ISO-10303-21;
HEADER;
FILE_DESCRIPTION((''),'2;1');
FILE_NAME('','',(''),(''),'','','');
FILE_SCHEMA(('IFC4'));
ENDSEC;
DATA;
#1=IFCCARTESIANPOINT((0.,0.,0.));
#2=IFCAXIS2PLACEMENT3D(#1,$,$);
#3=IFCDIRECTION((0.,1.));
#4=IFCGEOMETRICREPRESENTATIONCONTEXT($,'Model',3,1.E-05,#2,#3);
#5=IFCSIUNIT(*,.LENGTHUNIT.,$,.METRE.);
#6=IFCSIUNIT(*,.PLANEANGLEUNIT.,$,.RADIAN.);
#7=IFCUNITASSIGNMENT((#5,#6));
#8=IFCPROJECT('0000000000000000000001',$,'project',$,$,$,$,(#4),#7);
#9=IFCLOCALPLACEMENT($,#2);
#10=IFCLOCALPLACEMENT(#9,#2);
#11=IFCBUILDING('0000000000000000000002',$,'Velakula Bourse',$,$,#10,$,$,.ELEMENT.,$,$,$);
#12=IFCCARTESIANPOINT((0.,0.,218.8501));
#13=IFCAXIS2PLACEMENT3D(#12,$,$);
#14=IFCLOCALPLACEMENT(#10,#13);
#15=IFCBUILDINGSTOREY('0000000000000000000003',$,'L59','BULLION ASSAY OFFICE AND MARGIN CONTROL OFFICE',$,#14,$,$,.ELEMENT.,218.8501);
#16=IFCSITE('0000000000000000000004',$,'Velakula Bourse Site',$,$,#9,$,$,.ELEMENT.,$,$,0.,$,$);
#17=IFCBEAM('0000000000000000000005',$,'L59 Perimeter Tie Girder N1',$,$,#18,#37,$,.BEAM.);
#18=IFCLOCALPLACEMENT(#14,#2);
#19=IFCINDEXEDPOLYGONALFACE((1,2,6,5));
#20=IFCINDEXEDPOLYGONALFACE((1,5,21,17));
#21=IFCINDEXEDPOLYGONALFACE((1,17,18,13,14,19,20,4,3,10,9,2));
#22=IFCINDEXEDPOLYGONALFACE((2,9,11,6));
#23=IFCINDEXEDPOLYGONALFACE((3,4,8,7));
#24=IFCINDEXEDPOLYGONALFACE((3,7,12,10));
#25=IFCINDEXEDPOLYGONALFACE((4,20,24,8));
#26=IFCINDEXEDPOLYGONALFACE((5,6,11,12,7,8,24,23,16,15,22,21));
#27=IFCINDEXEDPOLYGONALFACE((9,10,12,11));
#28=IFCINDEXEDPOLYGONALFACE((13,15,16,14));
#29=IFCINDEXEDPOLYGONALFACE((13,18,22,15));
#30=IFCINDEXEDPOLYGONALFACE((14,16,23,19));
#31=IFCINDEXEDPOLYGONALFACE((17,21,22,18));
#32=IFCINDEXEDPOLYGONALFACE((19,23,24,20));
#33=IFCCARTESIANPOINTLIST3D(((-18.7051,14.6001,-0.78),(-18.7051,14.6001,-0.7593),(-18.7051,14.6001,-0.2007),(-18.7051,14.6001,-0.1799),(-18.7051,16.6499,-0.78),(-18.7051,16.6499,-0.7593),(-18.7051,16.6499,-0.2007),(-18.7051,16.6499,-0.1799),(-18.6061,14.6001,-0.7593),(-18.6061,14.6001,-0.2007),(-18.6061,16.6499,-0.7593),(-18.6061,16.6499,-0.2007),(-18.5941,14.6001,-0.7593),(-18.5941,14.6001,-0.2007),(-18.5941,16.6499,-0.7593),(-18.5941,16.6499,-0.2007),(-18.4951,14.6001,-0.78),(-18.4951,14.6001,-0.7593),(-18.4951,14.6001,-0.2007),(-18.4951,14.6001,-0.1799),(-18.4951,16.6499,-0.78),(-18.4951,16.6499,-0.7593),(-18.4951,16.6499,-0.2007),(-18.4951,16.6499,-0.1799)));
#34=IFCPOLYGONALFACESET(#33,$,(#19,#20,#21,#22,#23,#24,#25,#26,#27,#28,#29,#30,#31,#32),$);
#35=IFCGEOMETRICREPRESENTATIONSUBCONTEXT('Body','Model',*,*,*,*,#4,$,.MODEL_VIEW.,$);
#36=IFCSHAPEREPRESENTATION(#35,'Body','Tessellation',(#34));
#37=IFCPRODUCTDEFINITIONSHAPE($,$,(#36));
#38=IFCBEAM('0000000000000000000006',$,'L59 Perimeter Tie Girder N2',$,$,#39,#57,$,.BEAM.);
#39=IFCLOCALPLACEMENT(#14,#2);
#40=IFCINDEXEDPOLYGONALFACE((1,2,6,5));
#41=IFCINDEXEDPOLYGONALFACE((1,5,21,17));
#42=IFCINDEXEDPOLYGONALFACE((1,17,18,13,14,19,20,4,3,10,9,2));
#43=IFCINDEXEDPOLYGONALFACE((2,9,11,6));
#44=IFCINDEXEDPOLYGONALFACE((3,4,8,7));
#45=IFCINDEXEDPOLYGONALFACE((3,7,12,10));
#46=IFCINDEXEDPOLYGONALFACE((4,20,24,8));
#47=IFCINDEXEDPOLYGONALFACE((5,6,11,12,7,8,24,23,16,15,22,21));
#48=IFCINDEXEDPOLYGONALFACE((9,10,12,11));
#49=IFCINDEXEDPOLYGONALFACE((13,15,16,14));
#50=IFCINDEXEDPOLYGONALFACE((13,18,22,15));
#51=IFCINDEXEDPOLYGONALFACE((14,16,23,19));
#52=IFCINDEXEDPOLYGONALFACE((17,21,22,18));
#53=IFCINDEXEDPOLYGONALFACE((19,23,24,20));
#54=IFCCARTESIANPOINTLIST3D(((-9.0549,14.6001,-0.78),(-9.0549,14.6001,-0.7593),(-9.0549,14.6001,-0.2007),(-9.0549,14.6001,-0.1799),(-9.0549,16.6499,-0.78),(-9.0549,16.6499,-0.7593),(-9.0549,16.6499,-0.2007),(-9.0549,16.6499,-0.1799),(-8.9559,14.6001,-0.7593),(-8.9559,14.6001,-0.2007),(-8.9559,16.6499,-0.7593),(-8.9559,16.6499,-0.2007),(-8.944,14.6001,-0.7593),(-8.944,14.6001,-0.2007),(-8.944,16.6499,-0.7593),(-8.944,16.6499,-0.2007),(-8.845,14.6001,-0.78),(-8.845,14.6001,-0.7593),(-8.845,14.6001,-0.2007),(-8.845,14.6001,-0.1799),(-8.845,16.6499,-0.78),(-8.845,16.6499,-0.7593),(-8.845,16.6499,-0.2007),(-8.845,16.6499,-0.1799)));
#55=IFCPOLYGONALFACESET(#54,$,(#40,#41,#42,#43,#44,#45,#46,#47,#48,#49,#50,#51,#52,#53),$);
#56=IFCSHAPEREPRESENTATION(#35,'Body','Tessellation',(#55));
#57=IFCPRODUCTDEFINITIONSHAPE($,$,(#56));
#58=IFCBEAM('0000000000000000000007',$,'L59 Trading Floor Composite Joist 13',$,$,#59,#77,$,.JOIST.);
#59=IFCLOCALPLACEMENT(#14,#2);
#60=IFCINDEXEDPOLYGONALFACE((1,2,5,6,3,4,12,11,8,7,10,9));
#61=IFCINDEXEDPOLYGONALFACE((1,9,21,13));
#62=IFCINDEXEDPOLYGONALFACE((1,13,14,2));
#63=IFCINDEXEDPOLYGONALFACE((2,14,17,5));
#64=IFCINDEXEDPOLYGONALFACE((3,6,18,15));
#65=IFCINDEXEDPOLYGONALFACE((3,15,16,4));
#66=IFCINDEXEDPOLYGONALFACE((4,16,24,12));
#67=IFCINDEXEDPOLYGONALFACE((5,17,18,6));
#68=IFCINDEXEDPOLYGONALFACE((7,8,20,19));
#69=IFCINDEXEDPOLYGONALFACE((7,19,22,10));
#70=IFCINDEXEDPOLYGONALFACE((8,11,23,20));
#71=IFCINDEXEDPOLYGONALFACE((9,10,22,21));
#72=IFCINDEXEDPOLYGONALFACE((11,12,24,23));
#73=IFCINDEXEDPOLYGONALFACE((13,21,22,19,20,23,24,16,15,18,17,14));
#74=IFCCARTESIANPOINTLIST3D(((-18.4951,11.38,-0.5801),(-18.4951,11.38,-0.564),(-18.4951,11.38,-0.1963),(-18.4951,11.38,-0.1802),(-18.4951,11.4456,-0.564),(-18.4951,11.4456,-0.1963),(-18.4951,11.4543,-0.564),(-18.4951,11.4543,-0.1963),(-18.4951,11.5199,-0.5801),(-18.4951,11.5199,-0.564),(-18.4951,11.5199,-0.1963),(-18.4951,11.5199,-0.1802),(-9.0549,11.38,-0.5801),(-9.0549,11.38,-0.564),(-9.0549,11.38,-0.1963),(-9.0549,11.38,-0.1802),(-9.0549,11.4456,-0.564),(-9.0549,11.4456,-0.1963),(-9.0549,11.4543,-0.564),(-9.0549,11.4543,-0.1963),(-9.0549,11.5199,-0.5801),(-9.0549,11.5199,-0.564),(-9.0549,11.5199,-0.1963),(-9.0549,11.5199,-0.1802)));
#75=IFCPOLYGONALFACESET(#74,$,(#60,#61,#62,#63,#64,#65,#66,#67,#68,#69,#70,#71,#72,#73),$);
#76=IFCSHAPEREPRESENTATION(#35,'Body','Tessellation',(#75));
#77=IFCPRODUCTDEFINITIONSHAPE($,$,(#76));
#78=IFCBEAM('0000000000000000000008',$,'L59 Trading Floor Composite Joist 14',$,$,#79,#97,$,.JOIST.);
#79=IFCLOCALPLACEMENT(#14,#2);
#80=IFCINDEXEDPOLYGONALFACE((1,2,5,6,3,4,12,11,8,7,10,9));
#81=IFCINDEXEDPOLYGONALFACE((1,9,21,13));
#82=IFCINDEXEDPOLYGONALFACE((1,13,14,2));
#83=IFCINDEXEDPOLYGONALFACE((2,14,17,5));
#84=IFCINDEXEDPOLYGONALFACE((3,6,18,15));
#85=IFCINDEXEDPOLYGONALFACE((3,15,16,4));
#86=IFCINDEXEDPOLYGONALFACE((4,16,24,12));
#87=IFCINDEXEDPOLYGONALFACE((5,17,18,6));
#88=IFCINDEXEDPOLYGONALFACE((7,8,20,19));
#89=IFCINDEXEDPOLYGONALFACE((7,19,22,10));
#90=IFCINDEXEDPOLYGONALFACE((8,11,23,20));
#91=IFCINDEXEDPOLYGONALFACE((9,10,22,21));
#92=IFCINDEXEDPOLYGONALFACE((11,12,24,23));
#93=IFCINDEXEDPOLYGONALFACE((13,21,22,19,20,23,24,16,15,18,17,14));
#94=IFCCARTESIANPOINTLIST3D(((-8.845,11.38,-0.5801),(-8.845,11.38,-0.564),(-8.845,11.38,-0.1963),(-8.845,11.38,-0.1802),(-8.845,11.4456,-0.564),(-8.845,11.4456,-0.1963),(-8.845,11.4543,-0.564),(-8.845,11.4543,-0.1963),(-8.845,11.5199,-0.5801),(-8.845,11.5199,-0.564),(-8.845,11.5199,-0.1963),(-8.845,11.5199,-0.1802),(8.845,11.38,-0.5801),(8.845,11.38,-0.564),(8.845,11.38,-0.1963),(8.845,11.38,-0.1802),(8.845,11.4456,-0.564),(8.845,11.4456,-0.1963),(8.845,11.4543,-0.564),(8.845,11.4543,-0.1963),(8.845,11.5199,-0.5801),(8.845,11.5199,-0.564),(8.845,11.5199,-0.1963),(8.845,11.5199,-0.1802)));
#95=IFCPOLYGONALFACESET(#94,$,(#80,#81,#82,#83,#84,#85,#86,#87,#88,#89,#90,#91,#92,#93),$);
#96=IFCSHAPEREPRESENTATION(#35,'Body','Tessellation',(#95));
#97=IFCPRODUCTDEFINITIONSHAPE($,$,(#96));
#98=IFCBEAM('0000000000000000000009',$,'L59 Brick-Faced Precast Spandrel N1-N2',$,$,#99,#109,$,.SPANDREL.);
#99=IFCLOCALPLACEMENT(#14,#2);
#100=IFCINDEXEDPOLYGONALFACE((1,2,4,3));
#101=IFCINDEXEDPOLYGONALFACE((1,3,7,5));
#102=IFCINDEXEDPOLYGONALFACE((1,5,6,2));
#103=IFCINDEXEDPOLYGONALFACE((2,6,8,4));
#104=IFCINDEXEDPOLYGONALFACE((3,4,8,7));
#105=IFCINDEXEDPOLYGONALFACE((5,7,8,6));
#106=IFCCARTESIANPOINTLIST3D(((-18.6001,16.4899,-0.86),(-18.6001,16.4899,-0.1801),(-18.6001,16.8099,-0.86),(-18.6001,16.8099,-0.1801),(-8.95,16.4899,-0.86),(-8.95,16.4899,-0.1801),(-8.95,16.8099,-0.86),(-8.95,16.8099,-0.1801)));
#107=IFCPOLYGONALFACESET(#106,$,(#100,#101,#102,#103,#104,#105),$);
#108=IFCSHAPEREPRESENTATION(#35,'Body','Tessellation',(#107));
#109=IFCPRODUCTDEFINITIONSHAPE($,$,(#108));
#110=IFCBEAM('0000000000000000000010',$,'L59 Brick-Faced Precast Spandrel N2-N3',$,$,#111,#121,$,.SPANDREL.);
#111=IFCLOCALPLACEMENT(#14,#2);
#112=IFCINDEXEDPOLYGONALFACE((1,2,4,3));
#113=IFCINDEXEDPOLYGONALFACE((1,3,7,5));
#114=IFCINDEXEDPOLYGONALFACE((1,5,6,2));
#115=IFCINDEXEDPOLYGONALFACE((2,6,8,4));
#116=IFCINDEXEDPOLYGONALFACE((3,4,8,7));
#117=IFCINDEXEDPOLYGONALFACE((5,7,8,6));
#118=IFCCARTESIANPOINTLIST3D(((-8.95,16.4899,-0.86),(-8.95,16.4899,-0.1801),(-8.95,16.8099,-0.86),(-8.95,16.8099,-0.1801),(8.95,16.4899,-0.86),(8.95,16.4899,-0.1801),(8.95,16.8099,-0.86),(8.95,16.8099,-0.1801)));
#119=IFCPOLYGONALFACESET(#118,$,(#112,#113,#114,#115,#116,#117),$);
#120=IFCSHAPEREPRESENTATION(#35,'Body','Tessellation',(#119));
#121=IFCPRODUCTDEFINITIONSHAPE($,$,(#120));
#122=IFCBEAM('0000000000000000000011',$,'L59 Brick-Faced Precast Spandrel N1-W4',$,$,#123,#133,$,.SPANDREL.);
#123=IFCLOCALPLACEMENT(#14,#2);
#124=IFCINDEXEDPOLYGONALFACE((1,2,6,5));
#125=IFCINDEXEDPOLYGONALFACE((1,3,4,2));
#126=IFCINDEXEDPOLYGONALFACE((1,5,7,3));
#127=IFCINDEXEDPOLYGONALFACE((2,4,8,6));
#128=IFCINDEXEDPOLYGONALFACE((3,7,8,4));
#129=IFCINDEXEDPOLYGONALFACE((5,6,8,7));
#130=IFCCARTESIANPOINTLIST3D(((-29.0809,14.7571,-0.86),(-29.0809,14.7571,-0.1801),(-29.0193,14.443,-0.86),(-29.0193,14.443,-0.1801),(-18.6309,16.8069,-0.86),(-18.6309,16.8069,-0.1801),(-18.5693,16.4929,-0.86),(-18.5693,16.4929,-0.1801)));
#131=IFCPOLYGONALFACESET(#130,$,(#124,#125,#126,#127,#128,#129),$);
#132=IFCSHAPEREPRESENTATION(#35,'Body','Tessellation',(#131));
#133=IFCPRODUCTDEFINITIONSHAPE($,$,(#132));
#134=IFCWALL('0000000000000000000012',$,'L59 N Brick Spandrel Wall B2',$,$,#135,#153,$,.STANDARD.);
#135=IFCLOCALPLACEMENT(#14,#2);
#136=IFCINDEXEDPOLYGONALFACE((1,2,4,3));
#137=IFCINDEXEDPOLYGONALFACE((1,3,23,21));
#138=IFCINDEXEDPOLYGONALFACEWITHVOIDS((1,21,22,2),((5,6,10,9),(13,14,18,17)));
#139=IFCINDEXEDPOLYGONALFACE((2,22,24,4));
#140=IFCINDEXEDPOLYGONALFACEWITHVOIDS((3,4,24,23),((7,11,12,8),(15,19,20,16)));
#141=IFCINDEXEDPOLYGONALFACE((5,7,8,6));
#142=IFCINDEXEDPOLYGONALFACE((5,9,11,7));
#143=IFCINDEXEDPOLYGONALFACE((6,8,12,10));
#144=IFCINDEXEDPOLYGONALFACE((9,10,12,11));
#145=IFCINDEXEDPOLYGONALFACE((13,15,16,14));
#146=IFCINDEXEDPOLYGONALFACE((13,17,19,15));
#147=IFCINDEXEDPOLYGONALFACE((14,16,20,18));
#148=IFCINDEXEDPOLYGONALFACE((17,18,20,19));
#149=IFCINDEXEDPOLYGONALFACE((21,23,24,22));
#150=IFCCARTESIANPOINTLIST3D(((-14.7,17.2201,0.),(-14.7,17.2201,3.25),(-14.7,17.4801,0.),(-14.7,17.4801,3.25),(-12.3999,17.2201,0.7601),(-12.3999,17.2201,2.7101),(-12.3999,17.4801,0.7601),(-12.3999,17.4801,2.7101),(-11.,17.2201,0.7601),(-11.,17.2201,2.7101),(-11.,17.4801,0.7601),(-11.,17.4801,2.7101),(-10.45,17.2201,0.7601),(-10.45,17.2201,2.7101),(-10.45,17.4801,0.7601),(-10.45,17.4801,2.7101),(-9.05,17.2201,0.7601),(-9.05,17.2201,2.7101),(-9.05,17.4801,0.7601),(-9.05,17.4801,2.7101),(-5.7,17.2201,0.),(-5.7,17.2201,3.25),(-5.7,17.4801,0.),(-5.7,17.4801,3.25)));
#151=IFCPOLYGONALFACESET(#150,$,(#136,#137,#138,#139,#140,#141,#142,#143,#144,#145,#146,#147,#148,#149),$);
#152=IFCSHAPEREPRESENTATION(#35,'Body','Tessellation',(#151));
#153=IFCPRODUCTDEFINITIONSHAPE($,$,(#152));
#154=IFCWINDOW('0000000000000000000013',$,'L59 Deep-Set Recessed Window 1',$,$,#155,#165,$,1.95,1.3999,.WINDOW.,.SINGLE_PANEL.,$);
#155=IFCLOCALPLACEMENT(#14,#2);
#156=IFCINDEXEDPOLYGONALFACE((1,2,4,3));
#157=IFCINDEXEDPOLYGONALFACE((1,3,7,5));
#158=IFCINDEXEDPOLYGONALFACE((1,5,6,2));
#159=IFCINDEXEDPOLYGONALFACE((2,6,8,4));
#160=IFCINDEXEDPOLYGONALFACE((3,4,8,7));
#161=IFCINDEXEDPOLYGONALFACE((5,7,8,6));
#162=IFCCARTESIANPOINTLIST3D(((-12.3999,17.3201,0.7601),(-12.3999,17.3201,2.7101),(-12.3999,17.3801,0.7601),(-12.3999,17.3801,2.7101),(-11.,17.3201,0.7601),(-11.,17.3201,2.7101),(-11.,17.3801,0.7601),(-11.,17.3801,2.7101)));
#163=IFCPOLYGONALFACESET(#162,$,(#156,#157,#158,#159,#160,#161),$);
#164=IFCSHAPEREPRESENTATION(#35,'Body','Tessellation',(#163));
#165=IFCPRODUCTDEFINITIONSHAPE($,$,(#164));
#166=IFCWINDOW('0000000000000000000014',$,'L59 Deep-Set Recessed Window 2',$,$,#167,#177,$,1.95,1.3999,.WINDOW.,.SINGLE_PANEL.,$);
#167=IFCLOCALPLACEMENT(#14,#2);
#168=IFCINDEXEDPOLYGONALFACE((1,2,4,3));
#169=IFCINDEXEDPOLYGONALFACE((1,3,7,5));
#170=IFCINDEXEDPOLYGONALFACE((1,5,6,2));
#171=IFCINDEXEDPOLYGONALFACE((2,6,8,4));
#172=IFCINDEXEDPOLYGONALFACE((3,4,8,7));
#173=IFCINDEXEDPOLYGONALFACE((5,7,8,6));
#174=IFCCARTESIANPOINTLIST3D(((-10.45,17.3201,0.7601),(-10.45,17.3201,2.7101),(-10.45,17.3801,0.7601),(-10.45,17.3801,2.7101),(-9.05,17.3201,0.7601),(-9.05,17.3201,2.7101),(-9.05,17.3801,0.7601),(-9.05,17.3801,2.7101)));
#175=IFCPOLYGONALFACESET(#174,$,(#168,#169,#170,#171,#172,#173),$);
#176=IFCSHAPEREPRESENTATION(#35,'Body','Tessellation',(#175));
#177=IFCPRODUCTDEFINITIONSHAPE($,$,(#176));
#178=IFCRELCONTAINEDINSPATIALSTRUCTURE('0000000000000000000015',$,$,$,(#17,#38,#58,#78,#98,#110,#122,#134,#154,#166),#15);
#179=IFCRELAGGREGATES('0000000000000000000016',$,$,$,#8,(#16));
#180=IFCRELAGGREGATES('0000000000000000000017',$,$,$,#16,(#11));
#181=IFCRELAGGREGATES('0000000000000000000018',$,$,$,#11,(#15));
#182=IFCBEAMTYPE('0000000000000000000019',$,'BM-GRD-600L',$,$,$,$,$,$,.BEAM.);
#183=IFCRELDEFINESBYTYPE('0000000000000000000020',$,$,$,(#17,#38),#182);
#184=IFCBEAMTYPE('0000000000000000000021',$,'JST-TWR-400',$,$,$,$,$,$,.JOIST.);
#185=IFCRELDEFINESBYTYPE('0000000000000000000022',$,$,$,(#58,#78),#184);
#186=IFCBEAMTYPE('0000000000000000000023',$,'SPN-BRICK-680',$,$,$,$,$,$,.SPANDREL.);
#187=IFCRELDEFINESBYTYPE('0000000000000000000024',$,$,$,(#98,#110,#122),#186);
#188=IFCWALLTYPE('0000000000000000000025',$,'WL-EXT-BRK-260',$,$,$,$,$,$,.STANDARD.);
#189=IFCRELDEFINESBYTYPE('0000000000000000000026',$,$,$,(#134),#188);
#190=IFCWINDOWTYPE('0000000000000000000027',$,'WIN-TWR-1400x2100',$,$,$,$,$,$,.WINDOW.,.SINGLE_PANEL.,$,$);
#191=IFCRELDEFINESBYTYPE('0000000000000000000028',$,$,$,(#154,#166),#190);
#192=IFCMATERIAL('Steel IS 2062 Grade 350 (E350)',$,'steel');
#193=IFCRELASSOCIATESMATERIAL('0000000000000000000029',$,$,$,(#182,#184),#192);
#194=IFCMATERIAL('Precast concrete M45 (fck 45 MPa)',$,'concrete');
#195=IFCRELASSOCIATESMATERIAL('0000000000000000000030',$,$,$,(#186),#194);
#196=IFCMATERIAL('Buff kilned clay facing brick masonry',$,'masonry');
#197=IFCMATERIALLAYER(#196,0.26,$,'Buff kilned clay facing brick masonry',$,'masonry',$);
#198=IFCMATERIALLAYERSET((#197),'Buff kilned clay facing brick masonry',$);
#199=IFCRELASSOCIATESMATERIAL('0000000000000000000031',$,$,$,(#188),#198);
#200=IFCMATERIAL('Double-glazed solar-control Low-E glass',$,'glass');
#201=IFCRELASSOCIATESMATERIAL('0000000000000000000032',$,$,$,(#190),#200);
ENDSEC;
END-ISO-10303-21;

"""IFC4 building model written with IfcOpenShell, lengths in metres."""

from ifc_helpers import new_model, si_unit, direction, frame, frame_2d, origin, origin_2d, place, context, subcontext, project, spatial, rectangle, i_section, extrude, material, layer, layer_set, material_profile, profile_set, type_object, element, fill, save


model = new_model("IFC4")

# Units and contexts
model_context = context("Model", 3, precision=1e-05, world=origin(), true_north=direction((0.0, 1.0)))
body_context = subcontext(model_context, "Body", "Model", "MODEL_VIEW")
ifc_project = project(units=[si_unit("LENGTHUNIT", "METRE"), si_unit("PLANEANGLEUNIT", "RADIAN")], contexts=[model_context])

# Site, building, storey
site_placement = place(None, origin())
site = spatial("IfcSite", under=ifc_project, at=site_placement, Name="Velakula Bourse Site", CompositionType="ELEMENT", RefElevation=0.0)
building_placement = place(site_placement, origin())
building = spatial("IfcBuilding", under=site, at=building_placement, Name="Velakula Bourse", CompositionType="ELEMENT")
storey_placement = place(building_placement, frame((0.0, 0.0, 218.8501)))
storey = spatial("IfcBuildingStorey", under=building, at=storey_placement, Name="L59", Description="BULLION ASSAY OFFICE AND MARGIN CONTROL OFFICE", CompositionType="ELEMENT", Elevation=218.8501)

# Shared definitions
ifc_material_1 = material(Name="Steel IS 2062 Grade 350 (E350)", Category="steel")

# Beams
ifc_material_profile_1 = material_profile(ifc_material_1, i_section(OverallWidth=0.21, OverallDepth=0.6001, WebThickness=0.012, FlangeThickness=0.0208, at=origin_2d()), Name="Steel IS 2062 Grade 350 (E350)")
ifc_profile_set_1 = profile_set([ifc_material_profile_1], Name="Steel IS 2062 Grade 350 (E350)")
beam_type_1 = type_object("IfcBeamType", Name="BM-GRD-600L", PredefinedType="BEAM", material=ifc_profile_set_1)
for number, where, z_axis, x_axis, name in (
    (1, (-18.6001, 14.6001, -0.48), (0.0, 1.0, 0.0), (-1.0, 0.0, 0.0), "L59 Perimeter Tie Girder N1"),
    (2, (-8.95, 14.6001, -0.48), (0.0, 1.0, 0.0), (-1.0, 0.0, 0.0), "L59 Perimeter Tie Girder N2"),
):
    element("IfcBeam", number, at=place(storey_placement, frame(where, z_axis=z_axis, x_axis=x_axis)), inside=storey, type_object=beam_type_1, Name=name, PredefinedType="BEAM", context=body_context, shape_type="SweptSolid", body=[
        extrude(i_section(OverallWidth=0.21, OverallDepth=0.6001, WebThickness=0.012, FlangeThickness=0.0208, at=origin_2d()), origin(), (0.0, 0.0, 1.0), 2.0498),
    ])
ifc_material_profile_2 = material_profile(ifc_material_1, i_section(OverallWidth=0.1399, OverallDepth=0.3999, WebThickness=0.0088, FlangeThickness=0.0161, at=origin_2d()), Name="Steel IS 2062 Grade 350 (E350)")
ifc_profile_set_2 = profile_set([ifc_material_profile_2], Name="Steel IS 2062 Grade 350 (E350)")
beam_type_2 = type_object("IfcBeamType", Name="JST-TWR-400", PredefinedType="JOIST", material=ifc_profile_set_2)
beam_1_placement = place(storey_placement, frame((-18.4951, 11.45, -0.3801), z_axis=(1.0, 0.0, 0.0), x_axis=(0.0, 1.0, 0.0)))
element("IfcBeam", 3, at=beam_1_placement, inside=storey, type_object=beam_type_2, Name="L59 Trading Floor Composite Joist 13", PredefinedType="JOIST", context=body_context, shape_type="SweptSolid", body=[
    extrude(i_section(OverallWidth=0.1399, OverallDepth=0.3999, WebThickness=0.0088, FlangeThickness=0.0161, at=origin_2d()), origin(), (0.0, 0.0, 1.0), 9.4402),
])
beam_2_placement = place(storey_placement, frame((-8.845, 11.45, -0.3801), z_axis=(1.0, 0.0, 0.0), x_axis=(0.0, 1.0, 0.0)))
element("IfcBeam", 4, at=beam_2_placement, inside=storey, type_object=beam_type_2, Name="L59 Trading Floor Composite Joist 14", PredefinedType="JOIST", context=body_context, shape_type="SweptSolid", body=[
    extrude(i_section(OverallWidth=0.1399, OverallDepth=0.3999, WebThickness=0.0088, FlangeThickness=0.0161, at=origin_2d()), origin(), (0.0, 0.0, 1.0), 17.6899),
])
ifc_material_2 = material(Name="Precast concrete M45 (fck 45 MPa)", Category="concrete")
ifc_material_profile_3 = material_profile(ifc_material_2, rectangle(XDim=0.3201, YDim=0.6799, at=origin_2d()), Name="Precast concrete M45 (fck 45 MPa)")
ifc_profile_set_3 = profile_set([ifc_material_profile_3], Name="Precast concrete M45 (fck 45 MPa)")
beam_type_3 = type_object("IfcBeamType", Name="SPN-BRICK-680", PredefinedType="SPANDREL", material=ifc_profile_set_3)
beam_3_placement = place(storey_placement, frame((-18.6001, 16.6499, -0.52), z_axis=(1.0, 0.0, 0.0), x_axis=(0.0, 1.0, 0.0)))
element("IfcBeam", 5, at=beam_3_placement, inside=storey, type_object=beam_type_3, Name="L59 Brick-Faced Precast Spandrel N1-N2", PredefinedType="SPANDREL", context=body_context, shape_type="SweptSolid", body=[
    extrude(rectangle(XDim=0.3201, YDim=0.6799, at=origin_2d()), origin(), (0.0, 0.0, 1.0), 9.6501),
])
beam_4_placement = place(storey_placement, frame((-8.95, 16.6499, -0.52), z_axis=(1.0, 0.0, 0.0), x_axis=(0.0, 1.0, 0.0)))
element("IfcBeam", 6, at=beam_4_placement, inside=storey, type_object=beam_type_3, Name="L59 Brick-Faced Precast Spandrel N2-N3", PredefinedType="SPANDREL", context=body_context, shape_type="SweptSolid", body=[
    extrude(rectangle(XDim=0.3201, YDim=0.6799, at=origin_2d()), origin(), (0.0, 0.0, 1.0), 17.8999),
])
beam_5_placement = place(storey_placement, frame((-18.6001, 16.6499, -0.52), z_axis=(-0.9813, -0.192486, 0.0), x_axis=(0.192486, -0.9813, 0.0)))
element("IfcBeam", 7, at=beam_5_placement, inside=storey, type_object=beam_type_3, Name="L59 Brick-Faced Precast Spandrel N1-W4", PredefinedType="SPANDREL", context=body_context, shape_type="SweptSolid", body=[
    extrude(rectangle(XDim=0.3201, YDim=0.6799, at=origin_2d()), origin(), (0.0, 0.0, 1.0), 10.6492),
])

# Wall, openings, windows
ifc_material_3 = material(Name="Buff kilned clay facing brick masonry", Category="masonry")
ifc_layer_1 = layer(ifc_material_3, 0.26, Name="Buff kilned clay facing brick masonry", Category="masonry")
ifc_layer_set_1 = layer_set([ifc_layer_1], Name="Buff kilned clay facing brick masonry")
wall_type_1 = type_object("IfcWallType", Name="WL-EXT-BRK-260", PredefinedType="STANDARD", material=ifc_layer_set_1)
wall_1_placement = place(storey_placement, frame((-14.7, 17.3501, 0.0), z_axis=(0.0, 0.0, 1.0), x_axis=(1.0, 0.0, 0.0)))
wall_1 = element("IfcWall", 8, at=wall_1_placement, inside=storey, type_object=wall_type_1, Name="L59 N Brick Spandrel Wall B2", PredefinedType="STANDARD", context=body_context, shape_type="SweptSolid", body=[
    extrude(rectangle(XDim=9.0, YDim=0.26, at=frame_2d((4.5, 0.0))), origin(), (0.0, 0.0, 1.0), 3.25),
])
opening_1_placement = place(wall_1_placement, frame((2.3, 0.0, 0.76)))
opening_1 = element("IfcOpeningElement", 9, at=opening_1_placement, cuts=wall_1, PredefinedType="OPENING", context=body_context, shape_type="SweptSolid", body=[
    extrude(rectangle(XDim=1.3999, YDim=1.95, at=frame_2d((0.7, 0.9751))), frame((0.0, 0.1399, 0.0), z_axis=(0.0, -1.0, 0.0), x_axis=(1.0, 0.0, 0.0)), (0.0, 0.0, 1.0), 0.28),
])
opening_2_placement = place(wall_1_placement, frame((4.25, 0.0, 0.76)))
opening_2 = element("IfcOpeningElement", 10, at=opening_2_placement, cuts=wall_1, PredefinedType="OPENING", context=body_context, shape_type="SweptSolid", body=[
    extrude(rectangle(XDim=1.3999, YDim=1.95, at=frame_2d((0.7, 0.9751))), frame((0.0, 0.1399, 0.0), z_axis=(0.0, -1.0, 0.0), x_axis=(1.0, 0.0, 0.0)), (0.0, 0.0, 1.0), 0.28),
])
ifc_material_4 = material(Name="Double-glazed solar-control Low-E glass", Category="glass")
window_type = type_object("IfcWindowType", Name="WIN-TWR-1400x2100", PartitioningType="SINGLE_PANEL", PredefinedType="WINDOW", material=ifc_material_4)
window_1_placement = place(opening_1_placement, origin())
window_1 = element("IfcWindow", 11, at=window_1_placement, inside=storey, type_object=window_type, Name="L59 Deep-Set Recessed Window 1", OverallHeight=1.95, OverallWidth=1.3999, PartitioningType="SINGLE_PANEL", PredefinedType="WINDOW", context=body_context, shape_type="SweptSolid", body=[
    extrude(rectangle(XDim=1.3999, YDim=1.95, at=frame_2d((0.7, 0.9751))), frame((0.0, 0.03, 0.0), z_axis=(0.0, -1.0, 0.0), x_axis=(1.0, 0.0, 0.0)), (0.0, 0.0, 1.0), 0.0601),
])
fill(opening_1, window_1)
window_2_placement = place(opening_2_placement, origin())
window_2 = element("IfcWindow", 12, at=window_2_placement, inside=storey, type_object=window_type, Name="L59 Deep-Set Recessed Window 2", OverallHeight=1.95, OverallWidth=1.3999, PartitioningType="SINGLE_PANEL", PredefinedType="WINDOW", context=body_context, shape_type="SweptSolid", body=[
    extrude(rectangle(XDim=1.3999, YDim=1.95, at=frame_2d((0.7, 0.9751))), frame((0.0, 0.03, 0.0), z_axis=(0.0, -1.0, 0.0), x_axis=(1.0, 0.0, 0.0)), (0.0, 0.0, 1.0), 0.0601),
])
fill(opening_2, window_2)

save(model, "model.ifc")
